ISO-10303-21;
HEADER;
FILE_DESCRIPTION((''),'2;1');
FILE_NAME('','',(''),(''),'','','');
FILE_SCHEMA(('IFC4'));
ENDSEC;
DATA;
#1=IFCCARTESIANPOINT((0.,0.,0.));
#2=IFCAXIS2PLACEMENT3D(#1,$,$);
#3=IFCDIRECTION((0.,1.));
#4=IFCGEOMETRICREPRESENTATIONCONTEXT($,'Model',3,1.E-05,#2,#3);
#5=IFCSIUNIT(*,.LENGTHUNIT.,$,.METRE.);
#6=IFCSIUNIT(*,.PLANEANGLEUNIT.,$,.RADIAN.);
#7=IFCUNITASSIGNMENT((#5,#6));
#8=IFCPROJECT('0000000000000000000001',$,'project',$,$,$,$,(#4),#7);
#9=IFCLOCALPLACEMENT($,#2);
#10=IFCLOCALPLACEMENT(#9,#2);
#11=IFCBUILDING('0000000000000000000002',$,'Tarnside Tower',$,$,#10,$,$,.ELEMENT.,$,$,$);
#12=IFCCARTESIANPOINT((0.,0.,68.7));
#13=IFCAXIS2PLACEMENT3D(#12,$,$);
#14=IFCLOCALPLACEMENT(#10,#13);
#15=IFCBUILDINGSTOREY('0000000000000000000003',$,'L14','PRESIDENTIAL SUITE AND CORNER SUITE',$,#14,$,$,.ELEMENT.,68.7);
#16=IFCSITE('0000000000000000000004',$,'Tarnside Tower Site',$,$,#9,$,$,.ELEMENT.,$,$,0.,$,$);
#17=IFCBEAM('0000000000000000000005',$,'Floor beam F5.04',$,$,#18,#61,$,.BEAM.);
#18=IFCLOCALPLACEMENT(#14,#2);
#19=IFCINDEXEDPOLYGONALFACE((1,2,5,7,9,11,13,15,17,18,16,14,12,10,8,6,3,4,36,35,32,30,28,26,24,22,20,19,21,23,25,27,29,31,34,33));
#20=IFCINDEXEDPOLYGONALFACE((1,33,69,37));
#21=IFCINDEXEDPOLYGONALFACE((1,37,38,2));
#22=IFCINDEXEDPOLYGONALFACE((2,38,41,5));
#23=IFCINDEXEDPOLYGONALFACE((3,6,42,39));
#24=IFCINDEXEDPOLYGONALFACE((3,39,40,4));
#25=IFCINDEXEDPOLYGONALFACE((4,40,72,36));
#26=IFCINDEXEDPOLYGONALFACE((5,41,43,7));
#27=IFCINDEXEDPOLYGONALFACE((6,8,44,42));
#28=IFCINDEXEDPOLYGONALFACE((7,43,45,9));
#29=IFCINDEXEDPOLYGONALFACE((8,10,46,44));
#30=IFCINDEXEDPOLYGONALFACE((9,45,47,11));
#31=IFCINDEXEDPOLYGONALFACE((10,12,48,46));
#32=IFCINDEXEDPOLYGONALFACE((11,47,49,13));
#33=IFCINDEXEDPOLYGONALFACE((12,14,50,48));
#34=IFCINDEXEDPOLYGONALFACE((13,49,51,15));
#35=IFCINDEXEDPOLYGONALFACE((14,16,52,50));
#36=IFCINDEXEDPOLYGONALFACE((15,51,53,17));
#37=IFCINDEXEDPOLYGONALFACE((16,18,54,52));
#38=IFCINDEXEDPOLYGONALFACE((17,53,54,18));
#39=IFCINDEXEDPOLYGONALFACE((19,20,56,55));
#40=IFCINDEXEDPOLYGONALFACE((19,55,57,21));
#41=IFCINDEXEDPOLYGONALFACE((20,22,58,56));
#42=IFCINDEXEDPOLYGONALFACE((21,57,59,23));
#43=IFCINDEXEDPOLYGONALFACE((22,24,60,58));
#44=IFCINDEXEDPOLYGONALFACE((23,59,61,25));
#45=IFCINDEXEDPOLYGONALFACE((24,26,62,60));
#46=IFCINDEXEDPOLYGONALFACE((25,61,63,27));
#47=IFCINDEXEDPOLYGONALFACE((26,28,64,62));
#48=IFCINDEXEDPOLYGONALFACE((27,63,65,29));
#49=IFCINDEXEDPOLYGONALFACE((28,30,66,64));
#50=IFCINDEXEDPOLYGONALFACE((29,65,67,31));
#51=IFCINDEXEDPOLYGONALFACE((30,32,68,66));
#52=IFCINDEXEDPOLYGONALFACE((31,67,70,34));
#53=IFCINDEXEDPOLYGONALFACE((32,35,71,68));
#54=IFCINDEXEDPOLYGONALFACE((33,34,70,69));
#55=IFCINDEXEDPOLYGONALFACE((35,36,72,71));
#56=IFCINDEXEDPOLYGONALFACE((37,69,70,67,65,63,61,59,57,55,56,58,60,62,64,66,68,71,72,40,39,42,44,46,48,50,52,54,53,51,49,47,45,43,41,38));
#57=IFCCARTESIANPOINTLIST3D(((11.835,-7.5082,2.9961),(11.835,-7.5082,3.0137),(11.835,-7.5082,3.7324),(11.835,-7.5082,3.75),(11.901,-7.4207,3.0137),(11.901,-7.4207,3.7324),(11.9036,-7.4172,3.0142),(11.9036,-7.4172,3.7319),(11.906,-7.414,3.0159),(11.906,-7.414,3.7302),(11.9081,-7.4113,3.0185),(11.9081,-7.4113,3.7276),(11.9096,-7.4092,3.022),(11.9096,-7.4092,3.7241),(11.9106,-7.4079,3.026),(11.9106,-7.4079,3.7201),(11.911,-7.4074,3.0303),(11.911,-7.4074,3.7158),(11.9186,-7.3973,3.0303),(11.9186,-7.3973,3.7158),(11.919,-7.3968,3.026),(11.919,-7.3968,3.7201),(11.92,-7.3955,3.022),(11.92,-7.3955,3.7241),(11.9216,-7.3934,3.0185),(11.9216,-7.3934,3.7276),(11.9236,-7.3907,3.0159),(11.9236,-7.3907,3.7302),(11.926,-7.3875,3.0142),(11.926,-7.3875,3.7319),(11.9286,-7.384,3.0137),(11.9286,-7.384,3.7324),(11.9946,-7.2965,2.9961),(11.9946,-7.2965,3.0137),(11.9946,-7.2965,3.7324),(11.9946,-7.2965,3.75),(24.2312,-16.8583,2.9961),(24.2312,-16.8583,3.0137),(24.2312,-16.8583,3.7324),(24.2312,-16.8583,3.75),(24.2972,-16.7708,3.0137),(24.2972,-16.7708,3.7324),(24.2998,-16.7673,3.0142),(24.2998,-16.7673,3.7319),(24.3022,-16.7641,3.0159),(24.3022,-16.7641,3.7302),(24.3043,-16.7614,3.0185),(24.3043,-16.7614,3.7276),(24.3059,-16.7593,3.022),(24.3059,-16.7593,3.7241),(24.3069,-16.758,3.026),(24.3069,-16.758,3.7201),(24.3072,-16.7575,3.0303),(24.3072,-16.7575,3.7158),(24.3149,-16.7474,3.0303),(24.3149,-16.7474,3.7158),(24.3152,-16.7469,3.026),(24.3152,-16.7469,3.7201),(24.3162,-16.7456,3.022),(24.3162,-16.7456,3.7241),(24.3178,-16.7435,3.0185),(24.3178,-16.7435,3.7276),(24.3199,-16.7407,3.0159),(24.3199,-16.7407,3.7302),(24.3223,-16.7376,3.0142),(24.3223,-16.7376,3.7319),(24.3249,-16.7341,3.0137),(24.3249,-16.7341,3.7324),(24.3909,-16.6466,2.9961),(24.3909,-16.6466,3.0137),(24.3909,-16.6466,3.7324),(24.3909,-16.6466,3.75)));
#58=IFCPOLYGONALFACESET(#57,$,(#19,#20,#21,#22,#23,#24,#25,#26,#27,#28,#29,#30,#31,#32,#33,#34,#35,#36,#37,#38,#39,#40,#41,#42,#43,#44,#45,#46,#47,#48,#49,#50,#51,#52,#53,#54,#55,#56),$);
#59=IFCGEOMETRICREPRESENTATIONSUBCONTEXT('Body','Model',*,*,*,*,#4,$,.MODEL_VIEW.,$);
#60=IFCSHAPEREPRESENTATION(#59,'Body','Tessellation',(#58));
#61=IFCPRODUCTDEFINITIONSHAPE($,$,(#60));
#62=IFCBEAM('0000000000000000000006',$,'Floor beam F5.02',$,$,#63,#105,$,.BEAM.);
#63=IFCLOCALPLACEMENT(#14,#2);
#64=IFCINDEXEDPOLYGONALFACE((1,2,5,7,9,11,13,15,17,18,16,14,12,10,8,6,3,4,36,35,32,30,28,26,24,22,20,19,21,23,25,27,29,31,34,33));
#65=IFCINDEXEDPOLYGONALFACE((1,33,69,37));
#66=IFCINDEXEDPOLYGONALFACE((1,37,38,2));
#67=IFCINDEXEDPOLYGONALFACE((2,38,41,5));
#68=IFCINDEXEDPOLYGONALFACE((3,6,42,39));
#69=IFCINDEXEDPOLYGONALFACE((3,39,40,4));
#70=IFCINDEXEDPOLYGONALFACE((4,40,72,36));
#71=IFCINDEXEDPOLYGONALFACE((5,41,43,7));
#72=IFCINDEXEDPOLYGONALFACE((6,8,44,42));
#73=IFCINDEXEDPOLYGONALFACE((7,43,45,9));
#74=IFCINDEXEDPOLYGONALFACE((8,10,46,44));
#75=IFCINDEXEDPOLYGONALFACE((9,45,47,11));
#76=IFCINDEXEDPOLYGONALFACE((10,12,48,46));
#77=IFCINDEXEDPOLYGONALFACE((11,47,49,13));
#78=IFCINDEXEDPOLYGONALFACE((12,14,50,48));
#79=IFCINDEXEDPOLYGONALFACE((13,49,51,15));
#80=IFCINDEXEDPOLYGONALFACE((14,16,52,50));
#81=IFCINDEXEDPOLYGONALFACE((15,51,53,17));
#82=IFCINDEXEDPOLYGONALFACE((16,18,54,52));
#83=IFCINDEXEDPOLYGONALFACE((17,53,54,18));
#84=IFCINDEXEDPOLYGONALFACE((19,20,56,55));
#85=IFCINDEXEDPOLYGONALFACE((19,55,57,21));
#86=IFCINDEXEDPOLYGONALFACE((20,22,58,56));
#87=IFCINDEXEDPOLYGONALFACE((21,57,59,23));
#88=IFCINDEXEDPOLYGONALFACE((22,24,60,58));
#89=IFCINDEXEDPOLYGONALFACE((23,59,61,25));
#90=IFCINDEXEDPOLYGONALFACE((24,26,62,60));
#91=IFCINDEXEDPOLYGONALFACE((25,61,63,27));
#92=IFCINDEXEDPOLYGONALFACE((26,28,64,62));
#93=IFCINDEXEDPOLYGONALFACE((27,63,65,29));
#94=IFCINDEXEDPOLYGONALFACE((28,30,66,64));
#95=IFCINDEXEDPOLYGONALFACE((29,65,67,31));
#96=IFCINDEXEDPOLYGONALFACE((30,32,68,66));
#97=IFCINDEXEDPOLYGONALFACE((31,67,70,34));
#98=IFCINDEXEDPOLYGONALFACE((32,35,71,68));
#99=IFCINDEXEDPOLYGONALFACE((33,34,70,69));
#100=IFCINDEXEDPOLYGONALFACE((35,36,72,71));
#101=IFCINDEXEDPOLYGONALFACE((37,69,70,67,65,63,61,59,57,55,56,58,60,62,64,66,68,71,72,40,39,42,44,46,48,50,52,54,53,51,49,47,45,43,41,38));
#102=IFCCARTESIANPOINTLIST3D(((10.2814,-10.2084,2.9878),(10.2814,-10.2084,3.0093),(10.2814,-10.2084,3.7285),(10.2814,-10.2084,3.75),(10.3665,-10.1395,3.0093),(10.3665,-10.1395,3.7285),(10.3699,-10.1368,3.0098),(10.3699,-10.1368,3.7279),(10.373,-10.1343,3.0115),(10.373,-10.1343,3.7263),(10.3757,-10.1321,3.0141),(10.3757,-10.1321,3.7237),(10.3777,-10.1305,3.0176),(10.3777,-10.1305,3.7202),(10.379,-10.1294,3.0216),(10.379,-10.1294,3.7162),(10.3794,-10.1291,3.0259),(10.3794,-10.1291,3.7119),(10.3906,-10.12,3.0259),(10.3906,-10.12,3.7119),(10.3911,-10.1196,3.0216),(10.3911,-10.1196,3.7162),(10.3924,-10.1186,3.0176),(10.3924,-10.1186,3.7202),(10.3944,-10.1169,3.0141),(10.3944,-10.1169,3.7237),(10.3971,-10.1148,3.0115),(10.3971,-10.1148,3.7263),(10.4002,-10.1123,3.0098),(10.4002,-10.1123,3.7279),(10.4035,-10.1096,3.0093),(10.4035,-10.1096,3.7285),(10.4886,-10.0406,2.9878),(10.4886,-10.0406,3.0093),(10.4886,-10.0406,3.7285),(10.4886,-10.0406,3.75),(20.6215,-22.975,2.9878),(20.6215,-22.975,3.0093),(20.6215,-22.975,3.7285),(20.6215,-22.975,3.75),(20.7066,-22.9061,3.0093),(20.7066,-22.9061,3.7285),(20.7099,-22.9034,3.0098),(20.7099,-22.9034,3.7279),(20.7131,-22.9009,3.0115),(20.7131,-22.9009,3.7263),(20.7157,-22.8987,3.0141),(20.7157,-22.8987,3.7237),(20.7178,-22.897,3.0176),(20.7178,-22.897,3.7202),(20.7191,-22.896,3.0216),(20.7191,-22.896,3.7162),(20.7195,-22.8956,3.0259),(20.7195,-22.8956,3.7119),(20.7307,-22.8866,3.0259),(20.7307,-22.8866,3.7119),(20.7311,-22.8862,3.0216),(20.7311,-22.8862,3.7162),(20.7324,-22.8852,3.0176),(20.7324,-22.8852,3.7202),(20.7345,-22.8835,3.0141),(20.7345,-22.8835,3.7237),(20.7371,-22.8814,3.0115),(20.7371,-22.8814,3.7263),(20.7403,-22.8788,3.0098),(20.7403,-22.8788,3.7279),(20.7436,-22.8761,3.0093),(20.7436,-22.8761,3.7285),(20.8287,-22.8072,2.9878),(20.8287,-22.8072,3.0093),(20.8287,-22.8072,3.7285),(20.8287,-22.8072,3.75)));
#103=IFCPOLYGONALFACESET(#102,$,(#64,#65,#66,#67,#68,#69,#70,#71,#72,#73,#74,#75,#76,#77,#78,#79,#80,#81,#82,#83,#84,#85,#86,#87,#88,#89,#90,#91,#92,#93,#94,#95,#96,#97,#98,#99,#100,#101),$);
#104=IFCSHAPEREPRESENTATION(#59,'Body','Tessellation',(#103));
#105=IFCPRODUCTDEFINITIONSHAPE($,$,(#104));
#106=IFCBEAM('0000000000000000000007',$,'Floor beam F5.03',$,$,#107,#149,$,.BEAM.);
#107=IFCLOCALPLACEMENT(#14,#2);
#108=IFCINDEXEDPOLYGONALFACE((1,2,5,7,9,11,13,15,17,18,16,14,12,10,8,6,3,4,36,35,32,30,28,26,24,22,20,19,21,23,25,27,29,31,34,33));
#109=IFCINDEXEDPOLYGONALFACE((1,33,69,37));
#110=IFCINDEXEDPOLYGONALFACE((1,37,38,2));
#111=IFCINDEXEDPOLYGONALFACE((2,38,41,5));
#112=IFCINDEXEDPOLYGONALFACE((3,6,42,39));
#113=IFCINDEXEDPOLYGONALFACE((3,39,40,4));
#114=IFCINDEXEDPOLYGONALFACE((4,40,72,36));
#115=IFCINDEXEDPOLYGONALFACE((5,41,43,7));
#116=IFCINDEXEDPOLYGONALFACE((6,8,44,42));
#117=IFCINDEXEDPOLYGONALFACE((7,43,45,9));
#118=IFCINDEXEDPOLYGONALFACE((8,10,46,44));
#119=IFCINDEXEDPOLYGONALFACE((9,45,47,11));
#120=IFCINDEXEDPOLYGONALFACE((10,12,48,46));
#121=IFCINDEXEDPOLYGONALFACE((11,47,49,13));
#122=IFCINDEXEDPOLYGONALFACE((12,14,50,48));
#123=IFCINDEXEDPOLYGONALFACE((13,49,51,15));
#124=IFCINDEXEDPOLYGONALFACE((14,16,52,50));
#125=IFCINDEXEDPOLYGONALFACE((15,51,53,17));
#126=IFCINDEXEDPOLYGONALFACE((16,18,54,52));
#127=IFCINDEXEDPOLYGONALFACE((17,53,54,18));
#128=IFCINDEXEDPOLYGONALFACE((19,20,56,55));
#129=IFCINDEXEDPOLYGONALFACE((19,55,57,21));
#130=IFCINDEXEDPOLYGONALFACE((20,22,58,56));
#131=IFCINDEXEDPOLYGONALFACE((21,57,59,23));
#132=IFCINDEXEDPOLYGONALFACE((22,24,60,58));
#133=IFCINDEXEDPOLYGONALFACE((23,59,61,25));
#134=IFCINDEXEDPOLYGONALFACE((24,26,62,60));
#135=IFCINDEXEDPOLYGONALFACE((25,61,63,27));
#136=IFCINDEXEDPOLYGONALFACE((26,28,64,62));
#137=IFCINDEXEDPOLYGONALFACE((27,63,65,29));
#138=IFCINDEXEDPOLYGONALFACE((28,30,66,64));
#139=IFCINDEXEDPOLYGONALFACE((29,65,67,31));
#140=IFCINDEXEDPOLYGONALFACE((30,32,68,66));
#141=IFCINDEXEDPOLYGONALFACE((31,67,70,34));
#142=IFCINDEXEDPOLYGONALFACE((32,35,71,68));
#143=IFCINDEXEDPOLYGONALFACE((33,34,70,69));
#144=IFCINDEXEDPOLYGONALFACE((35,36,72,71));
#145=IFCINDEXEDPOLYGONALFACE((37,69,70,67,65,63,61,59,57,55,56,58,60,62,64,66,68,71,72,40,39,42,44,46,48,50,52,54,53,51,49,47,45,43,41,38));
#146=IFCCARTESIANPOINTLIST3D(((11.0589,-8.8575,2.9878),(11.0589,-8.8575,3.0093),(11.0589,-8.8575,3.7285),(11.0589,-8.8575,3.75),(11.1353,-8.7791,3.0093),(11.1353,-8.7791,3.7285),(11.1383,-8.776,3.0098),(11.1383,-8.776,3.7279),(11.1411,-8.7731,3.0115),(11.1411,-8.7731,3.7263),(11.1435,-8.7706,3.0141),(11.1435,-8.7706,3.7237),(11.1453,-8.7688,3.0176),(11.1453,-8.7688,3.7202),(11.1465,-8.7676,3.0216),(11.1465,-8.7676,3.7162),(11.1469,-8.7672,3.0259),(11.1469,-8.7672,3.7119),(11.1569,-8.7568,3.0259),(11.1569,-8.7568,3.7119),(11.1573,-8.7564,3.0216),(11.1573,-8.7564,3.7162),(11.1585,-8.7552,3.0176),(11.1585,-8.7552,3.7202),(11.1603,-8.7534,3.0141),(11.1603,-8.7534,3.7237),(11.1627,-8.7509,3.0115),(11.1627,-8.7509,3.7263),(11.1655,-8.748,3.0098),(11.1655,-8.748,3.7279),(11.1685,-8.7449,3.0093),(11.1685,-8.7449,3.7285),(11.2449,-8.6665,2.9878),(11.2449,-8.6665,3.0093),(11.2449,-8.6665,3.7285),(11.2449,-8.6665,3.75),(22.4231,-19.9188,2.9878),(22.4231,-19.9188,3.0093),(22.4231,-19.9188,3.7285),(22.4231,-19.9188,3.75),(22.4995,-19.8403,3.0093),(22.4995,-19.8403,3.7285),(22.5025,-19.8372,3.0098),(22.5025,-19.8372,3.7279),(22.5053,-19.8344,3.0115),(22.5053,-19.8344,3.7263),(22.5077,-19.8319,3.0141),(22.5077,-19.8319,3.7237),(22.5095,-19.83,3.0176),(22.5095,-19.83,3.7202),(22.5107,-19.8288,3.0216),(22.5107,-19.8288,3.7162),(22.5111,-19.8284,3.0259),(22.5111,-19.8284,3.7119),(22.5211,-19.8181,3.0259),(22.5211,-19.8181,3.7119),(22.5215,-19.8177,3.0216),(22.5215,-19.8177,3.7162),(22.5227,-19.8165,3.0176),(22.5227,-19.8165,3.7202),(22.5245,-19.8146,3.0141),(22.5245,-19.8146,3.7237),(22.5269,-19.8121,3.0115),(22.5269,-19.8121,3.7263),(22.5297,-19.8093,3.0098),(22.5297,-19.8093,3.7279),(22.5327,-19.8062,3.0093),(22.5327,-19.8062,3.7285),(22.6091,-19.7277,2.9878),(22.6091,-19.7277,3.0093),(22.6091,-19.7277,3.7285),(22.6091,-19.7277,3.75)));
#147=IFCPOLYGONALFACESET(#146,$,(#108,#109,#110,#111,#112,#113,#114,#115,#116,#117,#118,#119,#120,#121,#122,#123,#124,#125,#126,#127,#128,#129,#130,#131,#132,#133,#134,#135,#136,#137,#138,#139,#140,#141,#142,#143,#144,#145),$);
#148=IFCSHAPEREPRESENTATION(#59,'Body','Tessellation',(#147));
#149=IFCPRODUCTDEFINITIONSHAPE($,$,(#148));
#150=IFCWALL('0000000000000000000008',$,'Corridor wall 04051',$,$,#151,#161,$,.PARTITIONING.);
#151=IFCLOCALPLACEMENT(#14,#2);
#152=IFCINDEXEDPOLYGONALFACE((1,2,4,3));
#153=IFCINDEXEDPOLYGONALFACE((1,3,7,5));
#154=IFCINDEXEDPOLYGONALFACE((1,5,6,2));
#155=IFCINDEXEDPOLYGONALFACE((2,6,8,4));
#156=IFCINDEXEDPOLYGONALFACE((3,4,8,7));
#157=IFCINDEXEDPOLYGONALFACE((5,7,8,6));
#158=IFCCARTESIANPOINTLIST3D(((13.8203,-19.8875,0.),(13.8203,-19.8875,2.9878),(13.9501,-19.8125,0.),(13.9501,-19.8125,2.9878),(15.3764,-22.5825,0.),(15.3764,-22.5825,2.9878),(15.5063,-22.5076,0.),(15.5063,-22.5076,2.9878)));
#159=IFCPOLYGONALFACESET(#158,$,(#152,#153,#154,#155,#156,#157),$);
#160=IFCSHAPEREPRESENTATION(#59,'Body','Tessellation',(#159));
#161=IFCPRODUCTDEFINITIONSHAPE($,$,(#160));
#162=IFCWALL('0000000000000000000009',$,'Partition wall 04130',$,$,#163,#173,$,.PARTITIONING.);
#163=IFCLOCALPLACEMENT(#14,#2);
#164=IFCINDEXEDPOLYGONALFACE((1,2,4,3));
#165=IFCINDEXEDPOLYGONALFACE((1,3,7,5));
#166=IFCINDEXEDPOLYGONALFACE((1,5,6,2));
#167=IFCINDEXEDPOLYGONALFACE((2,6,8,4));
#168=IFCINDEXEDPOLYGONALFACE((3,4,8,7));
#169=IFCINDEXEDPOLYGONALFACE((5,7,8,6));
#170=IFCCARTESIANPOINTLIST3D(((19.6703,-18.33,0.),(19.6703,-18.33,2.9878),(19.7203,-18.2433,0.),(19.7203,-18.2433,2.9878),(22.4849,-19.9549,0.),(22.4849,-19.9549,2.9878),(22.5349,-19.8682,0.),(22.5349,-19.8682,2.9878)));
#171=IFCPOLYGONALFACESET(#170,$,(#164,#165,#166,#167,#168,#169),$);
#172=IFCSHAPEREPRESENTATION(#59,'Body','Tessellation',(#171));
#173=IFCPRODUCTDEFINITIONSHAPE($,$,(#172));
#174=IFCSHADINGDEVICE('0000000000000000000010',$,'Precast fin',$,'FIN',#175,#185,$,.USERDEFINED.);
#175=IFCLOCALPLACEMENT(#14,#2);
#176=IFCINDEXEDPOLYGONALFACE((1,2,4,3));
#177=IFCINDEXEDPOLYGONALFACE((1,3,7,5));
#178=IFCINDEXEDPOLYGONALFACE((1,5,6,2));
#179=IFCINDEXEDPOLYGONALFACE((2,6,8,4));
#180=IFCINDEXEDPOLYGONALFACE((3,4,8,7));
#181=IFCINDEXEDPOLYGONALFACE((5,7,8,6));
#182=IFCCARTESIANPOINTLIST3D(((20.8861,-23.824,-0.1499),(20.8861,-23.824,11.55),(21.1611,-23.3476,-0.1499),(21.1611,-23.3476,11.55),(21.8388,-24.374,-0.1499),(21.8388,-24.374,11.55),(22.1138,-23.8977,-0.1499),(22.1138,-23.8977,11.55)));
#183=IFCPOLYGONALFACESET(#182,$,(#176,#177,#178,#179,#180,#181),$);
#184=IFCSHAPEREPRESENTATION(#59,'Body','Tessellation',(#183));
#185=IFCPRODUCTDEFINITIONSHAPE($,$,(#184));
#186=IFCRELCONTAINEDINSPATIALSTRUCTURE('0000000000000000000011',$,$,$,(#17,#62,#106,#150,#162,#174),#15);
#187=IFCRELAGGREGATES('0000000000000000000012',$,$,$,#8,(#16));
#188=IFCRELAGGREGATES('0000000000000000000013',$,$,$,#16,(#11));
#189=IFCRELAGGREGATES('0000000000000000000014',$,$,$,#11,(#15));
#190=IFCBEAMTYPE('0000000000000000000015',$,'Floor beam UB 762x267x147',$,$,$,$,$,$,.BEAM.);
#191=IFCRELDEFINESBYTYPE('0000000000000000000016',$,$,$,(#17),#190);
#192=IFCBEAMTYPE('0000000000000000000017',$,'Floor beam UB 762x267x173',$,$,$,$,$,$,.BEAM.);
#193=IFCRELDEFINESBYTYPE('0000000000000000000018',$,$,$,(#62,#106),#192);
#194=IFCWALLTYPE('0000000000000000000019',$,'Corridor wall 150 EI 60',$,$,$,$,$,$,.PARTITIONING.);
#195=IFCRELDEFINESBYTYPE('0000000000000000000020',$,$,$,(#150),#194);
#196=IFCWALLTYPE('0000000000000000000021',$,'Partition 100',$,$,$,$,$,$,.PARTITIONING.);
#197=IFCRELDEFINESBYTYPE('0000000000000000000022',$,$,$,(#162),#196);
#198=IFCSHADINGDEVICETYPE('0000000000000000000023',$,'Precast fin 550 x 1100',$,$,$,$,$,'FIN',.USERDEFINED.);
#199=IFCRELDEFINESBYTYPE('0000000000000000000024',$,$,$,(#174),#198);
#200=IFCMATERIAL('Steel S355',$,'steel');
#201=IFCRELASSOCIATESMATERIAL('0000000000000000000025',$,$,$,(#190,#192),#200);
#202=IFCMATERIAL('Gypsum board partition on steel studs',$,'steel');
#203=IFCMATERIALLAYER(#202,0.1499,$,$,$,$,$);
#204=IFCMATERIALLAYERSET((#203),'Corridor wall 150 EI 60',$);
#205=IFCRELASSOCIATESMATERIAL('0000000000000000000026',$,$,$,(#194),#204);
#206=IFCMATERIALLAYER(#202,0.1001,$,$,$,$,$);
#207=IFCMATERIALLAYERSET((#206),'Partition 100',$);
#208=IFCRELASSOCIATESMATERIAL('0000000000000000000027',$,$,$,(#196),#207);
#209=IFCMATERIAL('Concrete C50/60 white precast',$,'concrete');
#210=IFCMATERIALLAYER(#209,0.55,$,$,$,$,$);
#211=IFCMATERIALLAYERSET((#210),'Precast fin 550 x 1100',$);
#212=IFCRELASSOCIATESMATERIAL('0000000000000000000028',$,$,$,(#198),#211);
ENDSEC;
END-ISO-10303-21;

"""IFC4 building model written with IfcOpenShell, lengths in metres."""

from ifc_helpers import new_model, si_unit, direction, frame, frame_2d, origin, origin_2d, place, context, subcontext, project, spatial, polyline, rectangle, i_section, outline, extrude, material, layer, layer_set, material_profile, profile_set, type_object, element, save


model = new_model("IFC4")

# Units and contexts
model_context = context("Model", 3, precision=1e-05, world=origin(), true_north=direction((0.0, 1.0)))
body_context = subcontext(model_context, "Body", "Model", "MODEL_VIEW")
ifc_project = project(units=[si_unit("LENGTHUNIT", "METRE"), si_unit("PLANEANGLEUNIT", "RADIAN")], contexts=[model_context])

# Site, building, storey
site_placement = place(None, origin())
site = spatial("IfcSite", under=ifc_project, at=site_placement, Name="Tarnside Tower Site", CompositionType="ELEMENT", RefElevation=0.0)
building_placement = place(site_placement, origin())
building = spatial("IfcBuilding", under=site, at=building_placement, Name="Tarnside Tower", CompositionType="ELEMENT")
storey_placement = place(building_placement, frame((0.0, 0.0, 68.7)))
storey = spatial("IfcBuildingStorey", under=building, at=storey_placement, Name="L14", Description="PRESIDENTIAL SUITE AND CORNER SUITE", CompositionType="ELEMENT", Elevation=68.7)

# Beams
ifc_material_1 = material(Name="Steel S355", Category="steel")
ifc_material_profile_1 = material_profile(ifc_material_1, i_section(OverallWidth=0.2651, OverallDepth=0.7539, WebThickness=0.0127, FlangeThickness=0.0176, FilletRadius=0.0166, at=origin_2d()), Name="UB 762x267x147")
ifc_profile_set_1 = profile_set([ifc_material_profile_1], Name="Steel S355")
beam_type_1 = type_object("IfcBeamType", Name="Floor beam UB 762x267x147", PredefinedType="BEAM", material=ifc_profile_set_1)
beam_1_placement = place(storey_placement, frame((24.311, -16.7524, 3.373), z_axis=(-0.798361, 0.602179, 0.0), x_axis=(-0.602179, -0.798361, 0.0)))
element("IfcBeam", 1, at=beam_1_placement, inside=storey, type_object=beam_type_1, Name="Floor beam F5.04", PredefinedType="BEAM", context=body_context, shape_type="SweptSolid", body=[
    extrude(i_section(OverallWidth=0.2651, OverallDepth=0.7539, WebThickness=0.0127, FlangeThickness=0.0176, FilletRadius=0.0166, at=origin_2d()), origin(), (0.0, 0.0, 1.0), 15.5271),
])
ifc_material_profile_2 = material_profile(ifc_material_1, i_section(OverallWidth=0.2666, OverallDepth=0.7622, WebThickness=0.0144, FlangeThickness=0.0215, FilletRadius=0.0166, at=origin_2d()), Name="UB 762x267x173")
ifc_profile_set_2 = profile_set([ifc_material_profile_2], Name="Steel S355")
beam_type_2 = type_object("IfcBeamType", Name="Floor beam UB 762x267x173", PredefinedType="BEAM", material=ifc_profile_set_2)
beam_2_placement = place(storey_placement, frame((20.7251, -22.8911, 3.3689), z_axis=(-0.62939, 0.777089, 0.0), x_axis=(-0.777089, -0.62939, 0.0)))
element("IfcBeam", 2, at=beam_2_placement, inside=storey, type_object=beam_type_2, Name="Floor beam F5.02", PredefinedType="BEAM", context=body_context, shape_type="SweptSolid", body=[
    extrude(i_section(OverallWidth=0.2666, OverallDepth=0.7622, WebThickness=0.0144, FlangeThickness=0.0215, FilletRadius=0.0166, at=origin_2d()), origin(), (0.0, 0.0, 1.0), 16.4287),
])
beam_3_placement = place(storey_placement, frame((22.5161, -19.8232, 3.3689), z_axis=(-0.716595, 0.69749, 0.0), x_axis=(-0.69749, -0.716595, 0.0)))
element("IfcBeam", 3, at=beam_3_placement, inside=storey, type_object=beam_type_2, Name="Floor beam F5.03", PredefinedType="BEAM", context=body_context, shape_type="SweptSolid", body=[
    extrude(i_section(OverallWidth=0.2666, OverallDepth=0.7622, WebThickness=0.0144, FlangeThickness=0.0215, FilletRadius=0.0166, at=origin_2d()), origin(), (0.0, 0.0, 1.0), 15.8586),
])

# Walls
ifc_material_2 = material(Name="Gypsum board partition on steel studs", Category="steel")
ifc_layer_1 = layer(ifc_material_2, 0.1499)
ifc_layer_set_1 = layer_set([ifc_layer_1], Name="Corridor wall 150 EI 60")
wall_type_1 = type_object("IfcWallType", Name="Corridor wall 150 EI 60", PredefinedType="PARTITIONING", material=ifc_layer_set_1)
wall_1_placement = place(storey_placement, frame((15.4414, -22.5452, 0.0), z_axis=(0.0, 0.0, 1.0), x_axis=(-0.500037, 0.866004, 0.0)))
element("IfcWall", 4, at=wall_1_placement, inside=storey, type_object=wall_type_1, Name="Corridor wall 04051", PredefinedType="PARTITIONING", context=body_context, shape_type="SweptSolid", body=[
    extrude(rectangle(XDim=3.1121, YDim=0.1499, at=frame_2d((1.5562, 0.0))), origin(), (0.0, 0.0, 1.0), 2.9878),
])
ifc_layer_2 = layer(ifc_material_2, 0.1001)
ifc_layer_set_2 = layer_set([ifc_layer_2], Name="Partition 100")
wall_type_2 = type_object("IfcWallType", Name="Partition 100", PredefinedType="PARTITIONING", material=ifc_layer_set_2)
wall_2_placement = place(storey_placement, frame((19.6953, -18.2866, 0.0), z_axis=(0.0, 0.0, 1.0), x_axis=(0.866034, -0.499985, 0.0)))
element("IfcWall", 5, at=wall_2_placement, inside=storey, type_object=wall_type_2, Name="Partition wall 04130", PredefinedType="PARTITIONING", context=body_context, shape_type="SweptSolid", body=[
    extrude(rectangle(XDim=3.25, YDim=0.1001, at=frame_2d((1.625, 0.0))), origin(), (0.0, 0.0, 1.0), 2.9878),
])

# Shading device
ifc_material_3 = material(Name="Concrete C50/60 white precast", Category="concrete")
ifc_layer_3 = layer(ifc_material_3, 0.55)
ifc_layer_set_3 = layer_set([ifc_layer_3], Name="Precast fin 550 x 1100")
shading_device_type = type_object("IfcShadingDeviceType", Name="Precast fin 550 x 1100", ElementType="FIN", PredefinedType="USERDEFINED", material=ifc_layer_set_3)
for number, where, z_axis, x_axis, name in (
    (6, (21.0237, -23.5857, -0.1499), (-0.5, -0.866025, 0.0), (0.866025, -0.5, 0.0), "Precast fin"),
):
    element("IfcShadingDevice", number, at=place(storey_placement, frame(where, z_axis=z_axis, x_axis=x_axis)), inside=storey, type_object=shading_device_type, Name=name, ObjectType="FIN", PredefinedType="USERDEFINED", context=body_context, shape_type="SweptSolid", body=[
        extrude(outline(polyline([(0.0, 0.0), (1.1001, 0.0), (1.1001, 11.7), (0.0, 11.7), (0.0, 0.0)])), frame((0.0, 0.0, -0.2749)), (0.0, 0.0, 1.0), 0.55),
    ])

save(model, "model.ifc")
